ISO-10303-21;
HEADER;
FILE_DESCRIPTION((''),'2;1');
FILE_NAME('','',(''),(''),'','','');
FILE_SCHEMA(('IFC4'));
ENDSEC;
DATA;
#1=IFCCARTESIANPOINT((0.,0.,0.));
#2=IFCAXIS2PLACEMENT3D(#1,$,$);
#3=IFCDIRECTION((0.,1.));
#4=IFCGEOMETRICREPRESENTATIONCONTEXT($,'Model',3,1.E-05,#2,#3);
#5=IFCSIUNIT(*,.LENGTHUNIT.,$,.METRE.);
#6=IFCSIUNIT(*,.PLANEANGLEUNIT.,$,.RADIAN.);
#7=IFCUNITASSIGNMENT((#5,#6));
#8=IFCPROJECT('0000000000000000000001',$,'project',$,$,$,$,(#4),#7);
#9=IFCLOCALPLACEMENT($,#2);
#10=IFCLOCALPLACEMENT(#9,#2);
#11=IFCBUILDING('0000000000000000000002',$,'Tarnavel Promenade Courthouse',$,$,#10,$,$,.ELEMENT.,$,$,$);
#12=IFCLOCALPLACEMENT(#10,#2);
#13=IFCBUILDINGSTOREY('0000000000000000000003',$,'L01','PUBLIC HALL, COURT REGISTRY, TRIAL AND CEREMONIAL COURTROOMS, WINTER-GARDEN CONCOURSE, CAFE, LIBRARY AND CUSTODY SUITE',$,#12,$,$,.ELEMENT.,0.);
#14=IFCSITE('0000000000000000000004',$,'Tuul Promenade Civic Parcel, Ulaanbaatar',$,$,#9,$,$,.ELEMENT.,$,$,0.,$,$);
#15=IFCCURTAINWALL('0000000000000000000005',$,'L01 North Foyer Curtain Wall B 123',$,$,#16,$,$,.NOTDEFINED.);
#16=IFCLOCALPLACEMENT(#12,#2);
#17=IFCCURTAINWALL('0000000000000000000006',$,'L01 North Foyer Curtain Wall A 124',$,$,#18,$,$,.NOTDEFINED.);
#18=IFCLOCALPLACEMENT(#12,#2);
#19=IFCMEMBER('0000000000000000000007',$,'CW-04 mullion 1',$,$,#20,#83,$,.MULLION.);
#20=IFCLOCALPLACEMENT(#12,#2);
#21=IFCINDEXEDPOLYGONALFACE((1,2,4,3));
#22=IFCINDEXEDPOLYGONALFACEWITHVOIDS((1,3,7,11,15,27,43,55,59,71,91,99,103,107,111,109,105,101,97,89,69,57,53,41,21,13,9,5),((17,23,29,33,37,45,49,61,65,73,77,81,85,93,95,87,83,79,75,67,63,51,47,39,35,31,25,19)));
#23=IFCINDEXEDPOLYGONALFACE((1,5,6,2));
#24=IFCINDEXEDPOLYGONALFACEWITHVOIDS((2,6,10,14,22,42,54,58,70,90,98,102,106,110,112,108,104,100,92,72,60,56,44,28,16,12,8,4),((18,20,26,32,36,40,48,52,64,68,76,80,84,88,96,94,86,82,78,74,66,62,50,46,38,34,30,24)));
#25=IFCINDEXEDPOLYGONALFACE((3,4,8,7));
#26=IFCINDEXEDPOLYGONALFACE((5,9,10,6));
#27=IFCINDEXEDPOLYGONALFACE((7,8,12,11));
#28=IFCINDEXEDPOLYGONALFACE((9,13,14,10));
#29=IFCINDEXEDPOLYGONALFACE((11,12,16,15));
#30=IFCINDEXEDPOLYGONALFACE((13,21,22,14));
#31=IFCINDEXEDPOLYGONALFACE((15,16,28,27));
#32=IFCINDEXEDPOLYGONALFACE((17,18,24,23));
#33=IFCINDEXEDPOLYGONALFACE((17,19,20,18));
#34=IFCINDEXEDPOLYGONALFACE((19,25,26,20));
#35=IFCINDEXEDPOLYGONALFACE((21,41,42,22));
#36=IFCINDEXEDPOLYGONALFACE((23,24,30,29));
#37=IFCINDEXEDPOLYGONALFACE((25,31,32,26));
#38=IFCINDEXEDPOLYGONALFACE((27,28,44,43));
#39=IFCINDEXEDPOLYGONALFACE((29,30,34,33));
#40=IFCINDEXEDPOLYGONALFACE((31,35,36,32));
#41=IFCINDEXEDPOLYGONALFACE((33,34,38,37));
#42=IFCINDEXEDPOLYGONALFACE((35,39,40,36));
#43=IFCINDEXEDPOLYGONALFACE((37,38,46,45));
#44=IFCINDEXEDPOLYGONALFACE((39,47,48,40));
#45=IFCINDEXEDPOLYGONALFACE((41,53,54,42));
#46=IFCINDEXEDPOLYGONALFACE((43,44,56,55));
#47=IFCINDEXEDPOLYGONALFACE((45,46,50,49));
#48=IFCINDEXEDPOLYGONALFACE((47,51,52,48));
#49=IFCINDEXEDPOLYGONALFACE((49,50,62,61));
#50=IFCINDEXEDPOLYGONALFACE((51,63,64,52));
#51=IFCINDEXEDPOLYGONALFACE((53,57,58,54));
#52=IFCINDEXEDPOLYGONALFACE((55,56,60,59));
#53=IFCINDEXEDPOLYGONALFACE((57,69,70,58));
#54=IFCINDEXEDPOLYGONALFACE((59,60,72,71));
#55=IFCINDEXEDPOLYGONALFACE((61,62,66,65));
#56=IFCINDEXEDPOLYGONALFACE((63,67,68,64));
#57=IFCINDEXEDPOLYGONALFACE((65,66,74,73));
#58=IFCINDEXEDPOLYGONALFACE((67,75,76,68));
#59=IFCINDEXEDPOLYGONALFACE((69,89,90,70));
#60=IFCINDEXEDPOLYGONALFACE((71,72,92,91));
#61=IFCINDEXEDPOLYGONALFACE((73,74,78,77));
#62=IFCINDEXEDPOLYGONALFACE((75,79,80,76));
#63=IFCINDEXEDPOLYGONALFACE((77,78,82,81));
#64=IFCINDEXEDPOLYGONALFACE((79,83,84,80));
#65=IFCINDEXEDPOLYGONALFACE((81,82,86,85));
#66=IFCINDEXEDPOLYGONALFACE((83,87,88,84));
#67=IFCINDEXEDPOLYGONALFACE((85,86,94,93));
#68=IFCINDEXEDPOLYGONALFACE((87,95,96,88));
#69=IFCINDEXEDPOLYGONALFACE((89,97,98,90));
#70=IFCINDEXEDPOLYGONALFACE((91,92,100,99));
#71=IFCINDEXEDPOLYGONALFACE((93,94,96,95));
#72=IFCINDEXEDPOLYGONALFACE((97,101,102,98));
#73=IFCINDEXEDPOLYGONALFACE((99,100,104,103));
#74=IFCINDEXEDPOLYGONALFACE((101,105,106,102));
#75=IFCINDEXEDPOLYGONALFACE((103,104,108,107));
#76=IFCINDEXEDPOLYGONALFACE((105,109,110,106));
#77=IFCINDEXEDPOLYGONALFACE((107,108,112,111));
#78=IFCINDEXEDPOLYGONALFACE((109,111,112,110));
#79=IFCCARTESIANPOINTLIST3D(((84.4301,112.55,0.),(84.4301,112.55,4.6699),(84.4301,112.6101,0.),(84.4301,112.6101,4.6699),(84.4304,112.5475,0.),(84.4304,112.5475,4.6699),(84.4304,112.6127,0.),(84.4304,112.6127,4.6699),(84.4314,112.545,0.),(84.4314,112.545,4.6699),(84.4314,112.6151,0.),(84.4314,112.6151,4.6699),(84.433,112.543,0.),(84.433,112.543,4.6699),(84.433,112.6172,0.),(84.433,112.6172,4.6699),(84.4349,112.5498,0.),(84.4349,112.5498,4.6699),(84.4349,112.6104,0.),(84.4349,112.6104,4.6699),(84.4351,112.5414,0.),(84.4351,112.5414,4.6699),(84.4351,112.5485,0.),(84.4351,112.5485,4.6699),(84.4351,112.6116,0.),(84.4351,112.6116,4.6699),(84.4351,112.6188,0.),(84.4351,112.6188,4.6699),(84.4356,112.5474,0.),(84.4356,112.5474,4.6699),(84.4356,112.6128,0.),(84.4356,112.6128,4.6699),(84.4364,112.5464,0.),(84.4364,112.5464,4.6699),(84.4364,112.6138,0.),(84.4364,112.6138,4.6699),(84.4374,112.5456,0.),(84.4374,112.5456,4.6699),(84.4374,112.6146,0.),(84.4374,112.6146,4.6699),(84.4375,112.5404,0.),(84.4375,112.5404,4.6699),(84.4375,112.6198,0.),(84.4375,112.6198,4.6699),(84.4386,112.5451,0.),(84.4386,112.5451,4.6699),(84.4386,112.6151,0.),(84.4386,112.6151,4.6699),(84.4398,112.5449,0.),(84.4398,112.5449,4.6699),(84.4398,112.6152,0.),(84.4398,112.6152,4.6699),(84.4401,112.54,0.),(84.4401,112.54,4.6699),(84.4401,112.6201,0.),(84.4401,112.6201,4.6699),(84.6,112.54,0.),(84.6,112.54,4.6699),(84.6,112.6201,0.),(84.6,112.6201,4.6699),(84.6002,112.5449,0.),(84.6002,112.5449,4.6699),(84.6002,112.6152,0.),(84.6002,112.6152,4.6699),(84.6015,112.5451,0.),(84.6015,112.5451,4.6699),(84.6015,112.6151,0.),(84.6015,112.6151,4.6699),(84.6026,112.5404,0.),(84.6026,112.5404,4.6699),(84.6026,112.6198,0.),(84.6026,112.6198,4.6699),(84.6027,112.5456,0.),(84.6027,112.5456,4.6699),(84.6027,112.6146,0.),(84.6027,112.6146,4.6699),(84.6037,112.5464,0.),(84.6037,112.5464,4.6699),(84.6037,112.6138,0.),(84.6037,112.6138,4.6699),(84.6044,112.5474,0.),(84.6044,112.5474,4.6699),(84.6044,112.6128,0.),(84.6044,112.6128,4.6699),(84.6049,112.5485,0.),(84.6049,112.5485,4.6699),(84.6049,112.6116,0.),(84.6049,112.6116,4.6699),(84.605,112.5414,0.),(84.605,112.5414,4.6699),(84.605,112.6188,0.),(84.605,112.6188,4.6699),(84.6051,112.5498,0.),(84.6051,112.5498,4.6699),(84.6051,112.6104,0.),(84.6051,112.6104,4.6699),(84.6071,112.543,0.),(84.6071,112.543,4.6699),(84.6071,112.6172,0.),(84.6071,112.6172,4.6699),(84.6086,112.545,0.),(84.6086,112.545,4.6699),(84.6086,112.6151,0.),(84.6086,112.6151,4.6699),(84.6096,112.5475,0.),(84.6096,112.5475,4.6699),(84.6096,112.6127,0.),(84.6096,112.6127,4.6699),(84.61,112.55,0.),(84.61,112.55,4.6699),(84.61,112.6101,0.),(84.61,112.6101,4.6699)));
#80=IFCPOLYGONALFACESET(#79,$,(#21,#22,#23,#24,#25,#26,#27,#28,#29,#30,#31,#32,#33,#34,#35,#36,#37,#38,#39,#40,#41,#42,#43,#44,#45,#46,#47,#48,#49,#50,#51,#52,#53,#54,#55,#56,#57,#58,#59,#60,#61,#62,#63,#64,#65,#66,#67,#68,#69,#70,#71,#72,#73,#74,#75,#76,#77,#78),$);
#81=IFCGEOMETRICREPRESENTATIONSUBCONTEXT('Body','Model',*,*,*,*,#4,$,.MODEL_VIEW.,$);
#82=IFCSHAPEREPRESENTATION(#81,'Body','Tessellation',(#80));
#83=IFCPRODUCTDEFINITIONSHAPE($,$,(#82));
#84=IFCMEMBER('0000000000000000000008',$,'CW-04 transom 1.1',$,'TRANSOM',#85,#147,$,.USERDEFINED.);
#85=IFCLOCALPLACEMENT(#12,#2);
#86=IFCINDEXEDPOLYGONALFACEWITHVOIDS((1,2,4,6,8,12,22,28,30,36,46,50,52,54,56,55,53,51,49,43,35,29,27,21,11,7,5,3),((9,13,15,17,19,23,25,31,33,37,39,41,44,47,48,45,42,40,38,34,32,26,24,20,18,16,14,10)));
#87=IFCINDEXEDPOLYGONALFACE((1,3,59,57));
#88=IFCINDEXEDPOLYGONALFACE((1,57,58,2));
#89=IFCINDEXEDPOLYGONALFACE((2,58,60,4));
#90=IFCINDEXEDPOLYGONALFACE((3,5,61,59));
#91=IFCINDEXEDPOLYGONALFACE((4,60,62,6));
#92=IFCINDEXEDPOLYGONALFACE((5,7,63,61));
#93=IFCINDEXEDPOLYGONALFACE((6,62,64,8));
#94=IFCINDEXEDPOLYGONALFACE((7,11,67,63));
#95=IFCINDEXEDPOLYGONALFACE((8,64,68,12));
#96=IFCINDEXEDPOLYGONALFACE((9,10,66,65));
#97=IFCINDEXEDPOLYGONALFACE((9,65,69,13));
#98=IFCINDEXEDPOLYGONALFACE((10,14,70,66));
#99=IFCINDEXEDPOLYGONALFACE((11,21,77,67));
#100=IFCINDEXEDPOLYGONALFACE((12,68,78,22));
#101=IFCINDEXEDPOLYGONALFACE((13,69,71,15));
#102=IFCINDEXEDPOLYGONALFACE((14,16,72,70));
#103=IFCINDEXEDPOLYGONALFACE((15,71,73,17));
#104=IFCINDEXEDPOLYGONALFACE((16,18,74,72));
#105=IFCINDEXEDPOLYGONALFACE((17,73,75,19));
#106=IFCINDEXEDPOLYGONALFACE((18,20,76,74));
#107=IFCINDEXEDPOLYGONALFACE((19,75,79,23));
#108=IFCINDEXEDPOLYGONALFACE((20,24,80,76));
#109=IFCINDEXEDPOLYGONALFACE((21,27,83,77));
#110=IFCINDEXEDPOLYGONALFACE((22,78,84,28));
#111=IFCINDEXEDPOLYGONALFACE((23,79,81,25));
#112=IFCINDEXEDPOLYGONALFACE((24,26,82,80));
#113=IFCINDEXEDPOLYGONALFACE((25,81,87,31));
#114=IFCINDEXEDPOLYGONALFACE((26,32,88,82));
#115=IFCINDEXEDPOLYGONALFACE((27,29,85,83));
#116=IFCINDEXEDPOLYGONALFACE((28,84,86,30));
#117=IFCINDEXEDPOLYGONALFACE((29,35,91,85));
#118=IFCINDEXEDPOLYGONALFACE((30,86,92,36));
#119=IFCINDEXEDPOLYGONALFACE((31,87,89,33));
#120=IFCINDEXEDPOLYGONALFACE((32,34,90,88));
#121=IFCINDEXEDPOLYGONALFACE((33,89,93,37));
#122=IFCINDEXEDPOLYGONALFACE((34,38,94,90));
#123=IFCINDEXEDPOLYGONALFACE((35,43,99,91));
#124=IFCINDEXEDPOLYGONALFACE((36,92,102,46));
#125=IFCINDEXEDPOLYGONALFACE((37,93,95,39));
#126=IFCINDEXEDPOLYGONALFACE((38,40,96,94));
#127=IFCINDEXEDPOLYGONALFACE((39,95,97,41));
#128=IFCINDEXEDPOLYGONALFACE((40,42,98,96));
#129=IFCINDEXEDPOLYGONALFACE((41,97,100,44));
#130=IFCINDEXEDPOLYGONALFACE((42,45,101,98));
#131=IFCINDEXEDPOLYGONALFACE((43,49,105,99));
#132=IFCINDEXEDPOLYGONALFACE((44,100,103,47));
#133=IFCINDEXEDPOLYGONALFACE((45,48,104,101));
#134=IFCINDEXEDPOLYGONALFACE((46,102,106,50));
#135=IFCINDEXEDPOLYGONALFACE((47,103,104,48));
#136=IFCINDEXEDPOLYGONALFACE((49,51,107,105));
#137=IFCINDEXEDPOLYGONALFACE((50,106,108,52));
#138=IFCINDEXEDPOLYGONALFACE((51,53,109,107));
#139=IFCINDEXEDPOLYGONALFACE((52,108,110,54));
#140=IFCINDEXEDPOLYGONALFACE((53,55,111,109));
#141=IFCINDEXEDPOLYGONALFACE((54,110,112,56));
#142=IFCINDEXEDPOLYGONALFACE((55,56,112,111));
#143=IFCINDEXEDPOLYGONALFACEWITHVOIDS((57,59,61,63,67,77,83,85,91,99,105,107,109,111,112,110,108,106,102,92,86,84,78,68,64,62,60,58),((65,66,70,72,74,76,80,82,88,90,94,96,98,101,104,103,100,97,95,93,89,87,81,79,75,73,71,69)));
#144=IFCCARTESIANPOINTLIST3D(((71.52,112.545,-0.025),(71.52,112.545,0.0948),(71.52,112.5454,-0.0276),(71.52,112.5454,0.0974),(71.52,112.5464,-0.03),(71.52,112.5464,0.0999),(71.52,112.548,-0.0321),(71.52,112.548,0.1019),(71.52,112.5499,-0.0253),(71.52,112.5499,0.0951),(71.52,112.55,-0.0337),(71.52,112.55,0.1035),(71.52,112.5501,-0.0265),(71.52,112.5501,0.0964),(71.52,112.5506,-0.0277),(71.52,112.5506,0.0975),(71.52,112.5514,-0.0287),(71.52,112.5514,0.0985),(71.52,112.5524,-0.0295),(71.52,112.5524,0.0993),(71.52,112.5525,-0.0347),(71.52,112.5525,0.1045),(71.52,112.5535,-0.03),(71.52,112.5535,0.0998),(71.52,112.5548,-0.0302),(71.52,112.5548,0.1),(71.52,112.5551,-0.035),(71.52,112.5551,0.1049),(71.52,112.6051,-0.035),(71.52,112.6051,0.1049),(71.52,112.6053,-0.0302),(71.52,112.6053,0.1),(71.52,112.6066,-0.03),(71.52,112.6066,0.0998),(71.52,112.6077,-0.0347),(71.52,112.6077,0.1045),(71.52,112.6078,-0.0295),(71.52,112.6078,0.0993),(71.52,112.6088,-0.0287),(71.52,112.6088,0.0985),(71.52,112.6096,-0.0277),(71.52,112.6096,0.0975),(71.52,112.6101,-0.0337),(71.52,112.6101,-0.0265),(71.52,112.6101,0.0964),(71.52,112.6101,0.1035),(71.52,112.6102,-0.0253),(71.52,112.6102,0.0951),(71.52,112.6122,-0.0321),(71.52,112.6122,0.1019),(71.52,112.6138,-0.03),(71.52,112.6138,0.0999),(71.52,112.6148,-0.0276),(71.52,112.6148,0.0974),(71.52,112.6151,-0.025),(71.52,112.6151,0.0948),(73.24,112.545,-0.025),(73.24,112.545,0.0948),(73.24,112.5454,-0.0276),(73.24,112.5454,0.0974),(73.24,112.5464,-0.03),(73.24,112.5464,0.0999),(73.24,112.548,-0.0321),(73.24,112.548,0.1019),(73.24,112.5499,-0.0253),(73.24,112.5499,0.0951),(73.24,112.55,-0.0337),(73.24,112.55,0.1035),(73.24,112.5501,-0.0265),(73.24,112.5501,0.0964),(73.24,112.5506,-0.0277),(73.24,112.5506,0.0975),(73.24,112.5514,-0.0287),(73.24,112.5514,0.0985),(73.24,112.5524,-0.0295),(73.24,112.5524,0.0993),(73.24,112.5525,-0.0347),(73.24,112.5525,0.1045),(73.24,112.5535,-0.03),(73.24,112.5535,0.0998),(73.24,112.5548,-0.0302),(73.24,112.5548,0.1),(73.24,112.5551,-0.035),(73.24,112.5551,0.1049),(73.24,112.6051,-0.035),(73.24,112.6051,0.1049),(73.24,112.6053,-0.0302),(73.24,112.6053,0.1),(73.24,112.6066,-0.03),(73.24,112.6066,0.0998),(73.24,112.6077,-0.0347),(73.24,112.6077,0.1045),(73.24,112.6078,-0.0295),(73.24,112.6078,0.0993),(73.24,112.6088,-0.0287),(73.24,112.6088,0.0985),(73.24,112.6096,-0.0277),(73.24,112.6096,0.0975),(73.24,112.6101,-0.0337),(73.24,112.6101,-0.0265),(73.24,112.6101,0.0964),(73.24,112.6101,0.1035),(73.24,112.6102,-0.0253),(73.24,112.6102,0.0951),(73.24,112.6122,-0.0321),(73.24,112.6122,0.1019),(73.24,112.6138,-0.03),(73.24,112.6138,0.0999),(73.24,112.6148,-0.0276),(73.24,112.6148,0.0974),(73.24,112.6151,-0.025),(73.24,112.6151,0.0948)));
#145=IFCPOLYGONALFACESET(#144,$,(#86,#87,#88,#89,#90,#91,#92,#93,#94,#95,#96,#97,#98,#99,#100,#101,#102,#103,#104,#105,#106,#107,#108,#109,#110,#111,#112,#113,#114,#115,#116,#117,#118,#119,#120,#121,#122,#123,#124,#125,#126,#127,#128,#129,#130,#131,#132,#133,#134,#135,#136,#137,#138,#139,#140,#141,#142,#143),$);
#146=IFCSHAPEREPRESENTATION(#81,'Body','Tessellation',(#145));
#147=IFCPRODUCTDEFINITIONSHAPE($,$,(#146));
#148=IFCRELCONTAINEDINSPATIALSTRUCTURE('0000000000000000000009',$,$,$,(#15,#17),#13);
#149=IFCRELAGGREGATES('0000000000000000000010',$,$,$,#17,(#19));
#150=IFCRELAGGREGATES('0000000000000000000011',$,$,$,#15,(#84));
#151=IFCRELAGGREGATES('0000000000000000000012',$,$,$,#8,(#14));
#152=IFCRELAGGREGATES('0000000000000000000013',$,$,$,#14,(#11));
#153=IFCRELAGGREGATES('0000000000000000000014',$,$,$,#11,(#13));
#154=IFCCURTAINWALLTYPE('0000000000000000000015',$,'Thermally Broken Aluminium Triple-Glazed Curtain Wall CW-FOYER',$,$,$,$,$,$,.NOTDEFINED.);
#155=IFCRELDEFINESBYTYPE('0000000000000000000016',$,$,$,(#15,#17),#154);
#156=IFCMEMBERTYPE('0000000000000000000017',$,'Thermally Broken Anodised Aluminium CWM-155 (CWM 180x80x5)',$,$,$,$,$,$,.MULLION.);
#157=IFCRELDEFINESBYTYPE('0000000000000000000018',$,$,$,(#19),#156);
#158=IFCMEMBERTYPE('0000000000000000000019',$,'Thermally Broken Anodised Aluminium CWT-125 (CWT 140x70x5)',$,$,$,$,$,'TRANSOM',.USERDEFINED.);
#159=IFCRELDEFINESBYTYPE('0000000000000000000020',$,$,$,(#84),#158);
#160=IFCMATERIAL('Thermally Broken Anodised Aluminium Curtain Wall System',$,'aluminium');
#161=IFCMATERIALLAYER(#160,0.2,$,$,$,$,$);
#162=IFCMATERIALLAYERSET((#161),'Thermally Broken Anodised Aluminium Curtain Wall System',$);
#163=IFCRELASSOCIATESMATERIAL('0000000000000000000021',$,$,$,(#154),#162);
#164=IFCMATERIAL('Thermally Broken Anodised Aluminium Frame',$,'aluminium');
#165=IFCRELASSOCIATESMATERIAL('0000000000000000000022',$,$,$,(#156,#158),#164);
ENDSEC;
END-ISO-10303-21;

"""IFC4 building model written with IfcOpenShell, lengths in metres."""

from ifc_helpers import new_model, si_unit, direction, frame, origin, origin_2d, place, context, subcontext, project, spatial, hollow_rectangle, extrude, material, layer, layer_set, material_profile, profile_set, type_object, element, aggregate, save


model = new_model("IFC4")

# Units and contexts
model_context = context("Model", 3, precision=1e-05, world=origin(), true_north=direction((0.0, 1.0)))
body_context = subcontext(model_context, "Body", "Model", "MODEL_VIEW")
ifc_project = project(units=[si_unit("LENGTHUNIT", "METRE"), si_unit("PLANEANGLEUNIT", "RADIAN")], contexts=[model_context])

# Site, building, storey
site_placement = place(None, origin())
site = spatial("IfcSite", under=ifc_project, at=site_placement, Name="Tuul Promenade Civic Parcel, Ulaanbaatar", CompositionType="ELEMENT", RefElevation=0.0)
building_placement = place(site_placement, origin())
building = spatial("IfcBuilding", under=site, at=building_placement, Name="Tarnavel Promenade Courthouse", CompositionType="ELEMENT")
storey_placement = place(building_placement, origin())
storey = spatial("IfcBuildingStorey", under=building, at=storey_placement, Name="L01", Description="PUBLIC HALL, COURT REGISTRY, TRIAL AND CEREMONIAL COURTROOMS, WINTER-GARDEN CONCOURSE, CAFE, LIBRARY AND CUSTODY SUITE", CompositionType="ELEMENT", Elevation=0.0)

# Shared definitions
ifc_material_1 = material(Name="Thermally Broken Anodised Aluminium Curtain Wall System", Category="aluminium")
ifc_layer_1 = layer(ifc_material_1, 0.2)
ifc_layer_set_1 = layer_set([ifc_layer_1], Name="Thermally Broken Anodised Aluminium Curtain Wall System")
curtain_wall_type = type_object("IfcCurtainWallType", Name="Thermally Broken Aluminium Triple-Glazed Curtain Wall CW-FOYER", PredefinedType="NOTDEFINED", material=ifc_layer_set_1)
ifc_material_2 = material(Name="Thermally Broken Anodised Aluminium Frame", Category="aluminium")
ifc_material_profile_1 = material_profile(ifc_material_2, hollow_rectangle(XDim=0.0801, YDim=0.1799, WallThickness=0.0049, InnerFilletRadius=0.0049, OuterFilletRadius=0.01, at=origin_2d()), Name="CWM 180x80x5")
ifc_profile_set_1 = profile_set([ifc_material_profile_1], Name="Thermally Broken Anodised Aluminium Frame")
member_type_1 = type_object("IfcMemberType", Name="Thermally Broken Anodised Aluminium CWM-155 (CWM 180x80x5)", PredefinedType="MULLION", material=ifc_profile_set_1)

# Curtain wall
curtain_wall_1_placement = place(storey_placement, origin())
curtain_wall_1 = element("IfcCurtainWall", 1, at=curtain_wall_1_placement, inside=storey, type_object=curtain_wall_type, Name="L01 North Foyer Curtain Wall B 123", PredefinedType="NOTDEFINED")

# Curtain wall, member
curtain_wall_2_placement = place(storey_placement, origin())
curtain_wall_2 = element("IfcCurtainWall", 2, at=curtain_wall_2_placement, inside=storey, type_object=curtain_wall_type, Name="L01 North Foyer Curtain Wall A 124", PredefinedType="NOTDEFINED")
member_1_placement = place(storey_placement, frame((84.52, 112.5801, 0.0), z_axis=(0.0, 0.0, 1.0), x_axis=(0.0, 1.0, 0.0)))
member_1 = element("IfcMember", 3, at=member_1_placement, type_object=member_type_1, Name="CW-04 mullion 1", PredefinedType="MULLION", context=body_context, shape_type="SweptSolid", body=[
    extrude(hollow_rectangle(XDim=0.0801, YDim=0.1799, WallThickness=0.0049, InnerFilletRadius=0.0049, OuterFilletRadius=0.01, at=origin_2d()), origin(), (0.0, 0.0, 1.0), 4.6699),
])

# Member
ifc_material_profile_2 = material_profile(ifc_material_2, hollow_rectangle(XDim=0.0701, YDim=0.1399, WallThickness=0.0049, InnerFilletRadius=0.0049, OuterFilletRadius=0.01, at=origin_2d()), Name="CWT 140x70x5")
ifc_profile_set_2 = profile_set([ifc_material_profile_2], Name="Thermally Broken Anodised Aluminium Frame")
member_type_2 = type_object("IfcMemberType", Name="Thermally Broken Anodised Aluminium CWT-125 (CWT 140x70x5)", ElementType="TRANSOM", PredefinedType="USERDEFINED", material=ifc_profile_set_2)
member_2_placement = place(storey_placement, frame((71.52, 112.5801, 0.0349), z_axis=(1.0, 0.0, 0.0), x_axis=(0.0, 1.0, 0.0)))
member_2 = element("IfcMember", 4, at=member_2_placement, type_object=member_type_2, Name="CW-04 transom 1.1", ObjectType="TRANSOM", PredefinedType="USERDEFINED", context=body_context, shape_type="SweptSolid", body=[
    extrude(hollow_rectangle(XDim=0.0701, YDim=0.1399, WallThickness=0.0049, InnerFilletRadius=0.0049, OuterFilletRadius=0.01, at=origin_2d()), origin(), (0.0, 0.0, 1.0), 1.72),
])
aggregate(curtain_wall_2, [member_1])

aggregate(curtain_wall_1, [member_2])

save(model, "model.ifc")
